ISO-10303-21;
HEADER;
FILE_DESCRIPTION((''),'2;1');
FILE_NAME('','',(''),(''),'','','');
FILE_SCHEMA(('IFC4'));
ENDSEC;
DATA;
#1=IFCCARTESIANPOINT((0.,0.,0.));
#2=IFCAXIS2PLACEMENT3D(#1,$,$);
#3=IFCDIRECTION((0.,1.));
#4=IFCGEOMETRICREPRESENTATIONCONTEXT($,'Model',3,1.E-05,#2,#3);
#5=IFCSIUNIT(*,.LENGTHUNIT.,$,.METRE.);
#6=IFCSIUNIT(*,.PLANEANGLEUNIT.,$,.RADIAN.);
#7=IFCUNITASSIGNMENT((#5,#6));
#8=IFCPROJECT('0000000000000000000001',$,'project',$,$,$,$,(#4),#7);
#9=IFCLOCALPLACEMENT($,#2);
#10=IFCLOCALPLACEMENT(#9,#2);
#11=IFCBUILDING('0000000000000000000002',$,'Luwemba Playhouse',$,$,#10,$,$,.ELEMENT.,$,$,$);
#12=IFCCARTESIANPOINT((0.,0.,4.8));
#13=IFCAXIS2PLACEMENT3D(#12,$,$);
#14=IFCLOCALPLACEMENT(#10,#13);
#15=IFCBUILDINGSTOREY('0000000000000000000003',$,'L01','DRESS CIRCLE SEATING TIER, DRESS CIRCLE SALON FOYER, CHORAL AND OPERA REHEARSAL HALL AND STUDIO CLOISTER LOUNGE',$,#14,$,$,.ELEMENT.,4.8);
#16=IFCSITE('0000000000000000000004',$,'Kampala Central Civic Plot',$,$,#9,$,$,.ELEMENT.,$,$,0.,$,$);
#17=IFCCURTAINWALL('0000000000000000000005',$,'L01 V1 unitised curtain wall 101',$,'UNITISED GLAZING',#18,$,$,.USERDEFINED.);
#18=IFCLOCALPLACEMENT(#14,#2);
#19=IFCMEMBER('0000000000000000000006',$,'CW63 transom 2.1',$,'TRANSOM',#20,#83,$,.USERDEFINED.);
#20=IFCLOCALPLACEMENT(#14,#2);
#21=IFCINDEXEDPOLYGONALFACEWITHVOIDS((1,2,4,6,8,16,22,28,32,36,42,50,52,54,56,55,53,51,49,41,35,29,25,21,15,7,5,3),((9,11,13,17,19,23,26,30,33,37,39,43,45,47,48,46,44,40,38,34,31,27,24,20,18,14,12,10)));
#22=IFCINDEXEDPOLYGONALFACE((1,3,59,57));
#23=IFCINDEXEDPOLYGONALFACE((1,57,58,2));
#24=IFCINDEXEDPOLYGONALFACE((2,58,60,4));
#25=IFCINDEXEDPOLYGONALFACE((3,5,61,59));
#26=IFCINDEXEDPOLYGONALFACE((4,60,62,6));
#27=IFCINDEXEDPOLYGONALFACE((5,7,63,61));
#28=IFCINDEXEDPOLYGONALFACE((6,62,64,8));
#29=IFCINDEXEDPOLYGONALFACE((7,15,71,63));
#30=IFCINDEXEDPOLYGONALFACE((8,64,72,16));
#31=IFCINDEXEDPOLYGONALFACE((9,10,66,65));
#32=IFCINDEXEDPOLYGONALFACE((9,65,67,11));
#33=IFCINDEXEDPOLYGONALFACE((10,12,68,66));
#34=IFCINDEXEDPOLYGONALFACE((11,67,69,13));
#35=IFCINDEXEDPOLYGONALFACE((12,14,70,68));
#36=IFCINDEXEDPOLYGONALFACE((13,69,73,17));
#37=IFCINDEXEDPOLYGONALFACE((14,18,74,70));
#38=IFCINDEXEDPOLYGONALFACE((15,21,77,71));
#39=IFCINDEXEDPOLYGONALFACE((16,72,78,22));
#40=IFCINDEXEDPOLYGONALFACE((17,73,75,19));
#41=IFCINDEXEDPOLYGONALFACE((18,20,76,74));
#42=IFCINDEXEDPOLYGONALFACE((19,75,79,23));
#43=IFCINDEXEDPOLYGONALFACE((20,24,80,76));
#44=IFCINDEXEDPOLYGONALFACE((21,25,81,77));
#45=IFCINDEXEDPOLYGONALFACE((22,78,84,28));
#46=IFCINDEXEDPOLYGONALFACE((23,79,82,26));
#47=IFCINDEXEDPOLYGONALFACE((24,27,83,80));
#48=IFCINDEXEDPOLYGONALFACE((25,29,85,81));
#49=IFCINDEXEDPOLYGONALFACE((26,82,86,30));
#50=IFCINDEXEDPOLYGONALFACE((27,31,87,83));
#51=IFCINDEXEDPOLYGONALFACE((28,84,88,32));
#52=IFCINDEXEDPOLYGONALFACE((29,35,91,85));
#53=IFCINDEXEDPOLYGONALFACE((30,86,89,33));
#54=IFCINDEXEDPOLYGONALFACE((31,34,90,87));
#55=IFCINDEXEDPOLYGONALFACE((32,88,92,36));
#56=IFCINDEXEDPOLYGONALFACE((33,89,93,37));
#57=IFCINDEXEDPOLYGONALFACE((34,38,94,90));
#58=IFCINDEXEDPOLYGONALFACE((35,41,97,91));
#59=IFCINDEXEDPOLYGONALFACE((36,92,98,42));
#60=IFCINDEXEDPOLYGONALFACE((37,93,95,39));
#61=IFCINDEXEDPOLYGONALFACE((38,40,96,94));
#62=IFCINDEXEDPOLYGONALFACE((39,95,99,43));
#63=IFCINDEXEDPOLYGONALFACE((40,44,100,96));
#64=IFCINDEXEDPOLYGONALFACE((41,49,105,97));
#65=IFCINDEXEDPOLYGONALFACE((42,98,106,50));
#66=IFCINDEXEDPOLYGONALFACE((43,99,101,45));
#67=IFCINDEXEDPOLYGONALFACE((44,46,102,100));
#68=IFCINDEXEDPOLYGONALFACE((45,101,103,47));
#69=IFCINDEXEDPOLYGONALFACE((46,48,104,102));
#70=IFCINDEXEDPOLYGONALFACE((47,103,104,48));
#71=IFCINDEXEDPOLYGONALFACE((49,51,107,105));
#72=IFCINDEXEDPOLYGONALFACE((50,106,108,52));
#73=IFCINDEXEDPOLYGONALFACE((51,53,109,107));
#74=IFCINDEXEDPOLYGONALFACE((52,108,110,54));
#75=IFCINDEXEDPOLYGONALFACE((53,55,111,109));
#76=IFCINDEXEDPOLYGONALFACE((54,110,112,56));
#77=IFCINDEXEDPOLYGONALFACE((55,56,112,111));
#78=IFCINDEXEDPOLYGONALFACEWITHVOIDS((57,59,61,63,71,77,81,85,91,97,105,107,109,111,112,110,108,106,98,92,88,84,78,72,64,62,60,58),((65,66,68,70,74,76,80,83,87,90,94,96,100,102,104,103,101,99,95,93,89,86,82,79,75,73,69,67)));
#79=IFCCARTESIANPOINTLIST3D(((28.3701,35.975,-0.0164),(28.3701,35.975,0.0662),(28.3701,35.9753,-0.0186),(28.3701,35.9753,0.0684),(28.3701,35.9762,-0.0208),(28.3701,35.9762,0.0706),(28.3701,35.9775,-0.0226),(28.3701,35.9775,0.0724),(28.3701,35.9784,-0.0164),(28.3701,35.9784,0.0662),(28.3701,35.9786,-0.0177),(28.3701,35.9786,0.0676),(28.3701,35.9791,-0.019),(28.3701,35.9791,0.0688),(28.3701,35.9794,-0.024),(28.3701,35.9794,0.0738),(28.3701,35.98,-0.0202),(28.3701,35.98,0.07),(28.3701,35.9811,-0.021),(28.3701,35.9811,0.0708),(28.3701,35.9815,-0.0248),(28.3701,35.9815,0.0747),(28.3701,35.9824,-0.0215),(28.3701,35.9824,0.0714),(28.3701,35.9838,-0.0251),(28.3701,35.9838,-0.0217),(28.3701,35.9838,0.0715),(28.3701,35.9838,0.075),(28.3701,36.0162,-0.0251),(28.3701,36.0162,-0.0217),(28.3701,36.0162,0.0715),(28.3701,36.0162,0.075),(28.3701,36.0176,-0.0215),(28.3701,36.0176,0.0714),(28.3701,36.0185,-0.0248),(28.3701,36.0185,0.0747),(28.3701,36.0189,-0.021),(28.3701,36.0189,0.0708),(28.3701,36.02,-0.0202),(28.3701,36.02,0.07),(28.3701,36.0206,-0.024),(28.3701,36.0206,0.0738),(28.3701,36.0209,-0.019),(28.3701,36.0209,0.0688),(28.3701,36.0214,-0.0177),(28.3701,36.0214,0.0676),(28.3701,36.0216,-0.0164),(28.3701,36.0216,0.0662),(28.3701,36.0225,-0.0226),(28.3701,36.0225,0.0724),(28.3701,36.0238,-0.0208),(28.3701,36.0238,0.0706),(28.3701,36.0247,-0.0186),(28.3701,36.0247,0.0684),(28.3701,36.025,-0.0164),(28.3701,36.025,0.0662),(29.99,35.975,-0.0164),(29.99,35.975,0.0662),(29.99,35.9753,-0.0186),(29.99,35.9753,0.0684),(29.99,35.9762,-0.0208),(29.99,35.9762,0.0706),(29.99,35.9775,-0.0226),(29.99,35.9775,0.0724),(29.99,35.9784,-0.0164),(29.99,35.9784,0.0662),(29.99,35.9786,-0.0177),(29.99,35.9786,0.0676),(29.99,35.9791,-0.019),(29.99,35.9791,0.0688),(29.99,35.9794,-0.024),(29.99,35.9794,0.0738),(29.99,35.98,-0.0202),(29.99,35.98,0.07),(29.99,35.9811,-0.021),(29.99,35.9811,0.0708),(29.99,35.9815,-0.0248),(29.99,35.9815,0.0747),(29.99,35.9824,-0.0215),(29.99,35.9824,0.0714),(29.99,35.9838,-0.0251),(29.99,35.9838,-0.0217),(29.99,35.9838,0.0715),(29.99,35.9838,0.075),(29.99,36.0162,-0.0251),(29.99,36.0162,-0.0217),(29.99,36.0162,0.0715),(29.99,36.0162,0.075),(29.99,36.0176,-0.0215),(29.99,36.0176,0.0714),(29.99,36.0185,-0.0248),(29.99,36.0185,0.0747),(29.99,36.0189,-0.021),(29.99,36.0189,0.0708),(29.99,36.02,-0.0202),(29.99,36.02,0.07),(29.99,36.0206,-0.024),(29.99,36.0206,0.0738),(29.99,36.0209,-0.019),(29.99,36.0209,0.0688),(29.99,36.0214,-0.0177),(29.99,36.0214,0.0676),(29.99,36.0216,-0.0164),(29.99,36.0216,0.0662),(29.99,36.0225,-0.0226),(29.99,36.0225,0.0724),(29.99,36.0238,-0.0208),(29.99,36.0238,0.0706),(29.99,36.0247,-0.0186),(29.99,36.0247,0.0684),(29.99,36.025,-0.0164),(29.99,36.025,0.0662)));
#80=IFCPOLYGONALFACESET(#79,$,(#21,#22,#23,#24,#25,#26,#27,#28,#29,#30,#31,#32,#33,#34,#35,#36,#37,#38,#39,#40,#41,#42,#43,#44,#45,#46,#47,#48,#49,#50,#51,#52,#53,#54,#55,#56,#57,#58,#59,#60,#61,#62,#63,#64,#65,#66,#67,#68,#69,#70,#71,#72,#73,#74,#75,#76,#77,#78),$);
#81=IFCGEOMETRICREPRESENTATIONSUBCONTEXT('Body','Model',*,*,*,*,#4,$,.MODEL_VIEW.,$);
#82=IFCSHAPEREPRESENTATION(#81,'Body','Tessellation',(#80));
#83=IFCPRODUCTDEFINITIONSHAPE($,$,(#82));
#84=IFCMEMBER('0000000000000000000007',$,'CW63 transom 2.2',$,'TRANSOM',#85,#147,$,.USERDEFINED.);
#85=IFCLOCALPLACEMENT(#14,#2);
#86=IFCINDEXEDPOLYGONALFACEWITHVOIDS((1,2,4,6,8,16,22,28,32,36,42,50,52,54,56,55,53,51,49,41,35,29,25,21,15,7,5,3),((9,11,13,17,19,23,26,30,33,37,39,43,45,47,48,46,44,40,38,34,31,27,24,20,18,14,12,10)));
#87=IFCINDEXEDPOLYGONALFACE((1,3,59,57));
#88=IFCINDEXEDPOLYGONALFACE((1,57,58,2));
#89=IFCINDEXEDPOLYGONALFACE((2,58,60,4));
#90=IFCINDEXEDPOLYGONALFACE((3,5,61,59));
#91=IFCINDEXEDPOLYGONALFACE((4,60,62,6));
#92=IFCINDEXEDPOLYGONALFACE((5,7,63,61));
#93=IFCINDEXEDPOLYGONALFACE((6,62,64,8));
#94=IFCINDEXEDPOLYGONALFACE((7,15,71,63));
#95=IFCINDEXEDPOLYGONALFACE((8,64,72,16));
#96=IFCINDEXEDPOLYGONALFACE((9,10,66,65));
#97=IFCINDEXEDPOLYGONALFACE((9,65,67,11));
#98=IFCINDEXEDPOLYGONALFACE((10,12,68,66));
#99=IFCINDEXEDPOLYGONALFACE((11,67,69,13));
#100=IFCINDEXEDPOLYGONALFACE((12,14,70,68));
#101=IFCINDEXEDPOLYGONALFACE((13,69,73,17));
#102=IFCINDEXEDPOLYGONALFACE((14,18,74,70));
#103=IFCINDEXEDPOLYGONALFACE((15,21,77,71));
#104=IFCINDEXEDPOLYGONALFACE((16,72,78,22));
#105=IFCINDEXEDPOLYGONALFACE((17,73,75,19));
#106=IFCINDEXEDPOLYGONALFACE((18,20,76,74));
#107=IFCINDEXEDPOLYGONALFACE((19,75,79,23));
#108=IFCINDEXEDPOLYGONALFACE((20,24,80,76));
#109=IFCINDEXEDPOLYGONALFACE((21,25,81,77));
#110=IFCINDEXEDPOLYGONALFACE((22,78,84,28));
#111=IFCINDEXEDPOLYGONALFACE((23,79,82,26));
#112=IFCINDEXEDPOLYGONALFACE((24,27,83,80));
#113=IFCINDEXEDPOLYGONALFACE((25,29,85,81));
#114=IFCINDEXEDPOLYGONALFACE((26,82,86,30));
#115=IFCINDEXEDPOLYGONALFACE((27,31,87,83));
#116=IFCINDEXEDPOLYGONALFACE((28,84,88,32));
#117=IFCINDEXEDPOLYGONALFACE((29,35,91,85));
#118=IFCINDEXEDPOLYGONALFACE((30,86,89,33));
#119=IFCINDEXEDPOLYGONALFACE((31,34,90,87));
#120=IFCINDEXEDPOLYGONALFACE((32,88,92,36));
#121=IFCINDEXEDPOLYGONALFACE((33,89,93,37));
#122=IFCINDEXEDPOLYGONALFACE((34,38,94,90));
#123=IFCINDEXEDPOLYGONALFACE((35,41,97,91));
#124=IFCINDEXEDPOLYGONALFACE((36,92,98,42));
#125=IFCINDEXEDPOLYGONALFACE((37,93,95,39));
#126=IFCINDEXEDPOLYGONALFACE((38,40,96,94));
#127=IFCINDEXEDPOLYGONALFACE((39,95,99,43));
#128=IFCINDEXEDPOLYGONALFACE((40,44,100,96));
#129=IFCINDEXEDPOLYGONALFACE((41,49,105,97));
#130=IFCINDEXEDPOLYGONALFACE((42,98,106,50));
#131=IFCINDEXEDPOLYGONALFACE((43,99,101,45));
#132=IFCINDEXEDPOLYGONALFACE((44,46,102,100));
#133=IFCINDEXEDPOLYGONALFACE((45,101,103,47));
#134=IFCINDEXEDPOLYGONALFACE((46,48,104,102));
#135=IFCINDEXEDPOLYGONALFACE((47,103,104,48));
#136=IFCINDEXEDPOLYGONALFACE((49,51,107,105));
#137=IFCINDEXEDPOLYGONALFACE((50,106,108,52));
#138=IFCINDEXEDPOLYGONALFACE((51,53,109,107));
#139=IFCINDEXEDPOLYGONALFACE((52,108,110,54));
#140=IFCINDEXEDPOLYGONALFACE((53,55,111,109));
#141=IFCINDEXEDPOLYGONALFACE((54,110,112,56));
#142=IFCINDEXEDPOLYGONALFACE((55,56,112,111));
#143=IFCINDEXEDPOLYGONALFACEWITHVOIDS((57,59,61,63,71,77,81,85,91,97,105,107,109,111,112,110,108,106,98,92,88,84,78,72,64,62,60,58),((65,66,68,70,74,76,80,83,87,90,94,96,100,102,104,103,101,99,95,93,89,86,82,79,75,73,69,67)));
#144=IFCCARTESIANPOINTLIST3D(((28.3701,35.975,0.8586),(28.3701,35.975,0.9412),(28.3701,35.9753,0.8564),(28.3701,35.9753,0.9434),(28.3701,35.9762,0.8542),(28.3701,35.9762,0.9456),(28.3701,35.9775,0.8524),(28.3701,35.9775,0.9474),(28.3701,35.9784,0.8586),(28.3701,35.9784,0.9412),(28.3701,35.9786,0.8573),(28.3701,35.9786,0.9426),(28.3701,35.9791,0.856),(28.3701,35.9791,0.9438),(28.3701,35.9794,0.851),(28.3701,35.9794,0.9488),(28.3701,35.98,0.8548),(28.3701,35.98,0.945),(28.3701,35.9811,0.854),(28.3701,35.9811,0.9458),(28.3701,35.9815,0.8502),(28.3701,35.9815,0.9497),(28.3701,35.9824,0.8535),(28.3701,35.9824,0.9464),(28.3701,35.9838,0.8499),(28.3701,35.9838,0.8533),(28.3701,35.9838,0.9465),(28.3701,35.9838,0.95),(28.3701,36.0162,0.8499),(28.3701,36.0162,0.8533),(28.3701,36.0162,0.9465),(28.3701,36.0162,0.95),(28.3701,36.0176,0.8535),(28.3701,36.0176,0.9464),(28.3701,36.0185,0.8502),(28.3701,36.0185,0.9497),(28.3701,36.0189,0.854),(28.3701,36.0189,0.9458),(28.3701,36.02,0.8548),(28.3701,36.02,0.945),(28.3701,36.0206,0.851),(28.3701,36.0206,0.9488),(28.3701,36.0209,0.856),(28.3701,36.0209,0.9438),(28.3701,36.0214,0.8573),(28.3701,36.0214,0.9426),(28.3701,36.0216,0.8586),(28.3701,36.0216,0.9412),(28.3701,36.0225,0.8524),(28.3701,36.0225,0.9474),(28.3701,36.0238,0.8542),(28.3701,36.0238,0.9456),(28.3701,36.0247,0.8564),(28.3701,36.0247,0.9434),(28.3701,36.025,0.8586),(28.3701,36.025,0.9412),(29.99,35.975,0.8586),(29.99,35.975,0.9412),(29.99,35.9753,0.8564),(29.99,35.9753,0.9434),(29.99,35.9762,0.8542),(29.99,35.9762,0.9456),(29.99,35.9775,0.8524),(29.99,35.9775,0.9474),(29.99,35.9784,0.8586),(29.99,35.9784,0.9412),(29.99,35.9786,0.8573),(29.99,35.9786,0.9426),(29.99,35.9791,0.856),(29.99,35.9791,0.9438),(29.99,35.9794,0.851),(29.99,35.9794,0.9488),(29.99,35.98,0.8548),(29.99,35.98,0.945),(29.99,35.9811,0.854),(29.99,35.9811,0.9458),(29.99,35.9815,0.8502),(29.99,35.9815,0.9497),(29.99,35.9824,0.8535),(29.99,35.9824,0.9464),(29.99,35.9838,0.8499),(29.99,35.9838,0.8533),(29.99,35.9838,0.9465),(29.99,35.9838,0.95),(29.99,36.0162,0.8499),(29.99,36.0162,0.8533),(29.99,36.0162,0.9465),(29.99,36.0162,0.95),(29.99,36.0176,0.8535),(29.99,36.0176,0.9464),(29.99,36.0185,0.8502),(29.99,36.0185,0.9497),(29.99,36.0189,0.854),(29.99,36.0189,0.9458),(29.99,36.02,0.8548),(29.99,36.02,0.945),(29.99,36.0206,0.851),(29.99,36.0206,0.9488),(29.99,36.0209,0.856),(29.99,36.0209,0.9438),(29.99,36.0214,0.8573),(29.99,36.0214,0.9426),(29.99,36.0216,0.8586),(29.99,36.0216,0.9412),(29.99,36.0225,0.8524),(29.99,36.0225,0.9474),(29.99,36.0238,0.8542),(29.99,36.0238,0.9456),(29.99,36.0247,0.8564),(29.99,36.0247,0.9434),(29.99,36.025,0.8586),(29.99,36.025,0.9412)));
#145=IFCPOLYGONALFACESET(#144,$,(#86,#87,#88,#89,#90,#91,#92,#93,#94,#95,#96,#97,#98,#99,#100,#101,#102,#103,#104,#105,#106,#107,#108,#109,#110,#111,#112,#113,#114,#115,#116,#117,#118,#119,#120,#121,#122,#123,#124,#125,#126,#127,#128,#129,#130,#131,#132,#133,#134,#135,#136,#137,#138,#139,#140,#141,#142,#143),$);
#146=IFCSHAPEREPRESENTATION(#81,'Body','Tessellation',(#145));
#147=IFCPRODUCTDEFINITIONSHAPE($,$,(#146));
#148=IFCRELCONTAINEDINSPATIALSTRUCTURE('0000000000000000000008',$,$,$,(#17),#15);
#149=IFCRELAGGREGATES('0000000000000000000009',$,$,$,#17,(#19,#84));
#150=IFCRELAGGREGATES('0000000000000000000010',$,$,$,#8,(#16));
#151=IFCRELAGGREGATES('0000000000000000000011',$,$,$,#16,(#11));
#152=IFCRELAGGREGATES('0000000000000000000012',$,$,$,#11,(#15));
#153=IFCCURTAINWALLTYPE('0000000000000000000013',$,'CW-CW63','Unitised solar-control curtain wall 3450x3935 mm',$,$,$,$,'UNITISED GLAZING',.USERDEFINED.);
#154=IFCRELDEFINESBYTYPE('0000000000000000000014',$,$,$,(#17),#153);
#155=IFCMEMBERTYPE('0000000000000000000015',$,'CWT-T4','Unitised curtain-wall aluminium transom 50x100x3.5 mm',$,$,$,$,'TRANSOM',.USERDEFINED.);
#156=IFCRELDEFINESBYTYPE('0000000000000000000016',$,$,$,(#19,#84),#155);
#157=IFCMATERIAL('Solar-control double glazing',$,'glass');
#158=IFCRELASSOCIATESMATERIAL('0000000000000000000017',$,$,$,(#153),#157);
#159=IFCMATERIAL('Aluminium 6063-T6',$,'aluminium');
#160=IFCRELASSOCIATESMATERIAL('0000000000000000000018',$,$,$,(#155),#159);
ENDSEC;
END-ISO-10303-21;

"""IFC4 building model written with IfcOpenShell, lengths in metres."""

from ifc_helpers import new_model, si_unit, direction, frame, origin, origin_2d, place, context, subcontext, project, spatial, hollow_rectangle, extrude, material, material_profile, profile_set, type_object, element, aggregate, save


model = new_model("IFC4")

# Units and contexts
model_context = context("Model", 3, precision=1e-05, world=origin(), true_north=direction((0.0, 1.0)))
body_context = subcontext(model_context, "Body", "Model", "MODEL_VIEW")
ifc_project = project(units=[si_unit("LENGTHUNIT", "METRE"), si_unit("PLANEANGLEUNIT", "RADIAN")], contexts=[model_context])

# Site, building, storey
site_placement = place(None, origin())
site = spatial("IfcSite", under=ifc_project, at=site_placement, Name="Kampala Central Civic Plot", CompositionType="ELEMENT", RefElevation=0.0)
building_placement = place(site_placement, origin())
building = spatial("IfcBuilding", under=site, at=building_placement, Name="Luwemba Playhouse", CompositionType="ELEMENT")
storey_placement = place(building_placement, frame((0.0, 0.0, 4.8)))
storey = spatial("IfcBuildingStorey", under=building, at=storey_placement, Name="L01", Description="DRESS CIRCLE SEATING TIER, DRESS CIRCLE SALON FOYER, CHORAL AND OPERA REHEARSAL HALL AND STUDIO CLOISTER LOUNGE", CompositionType="ELEMENT", Elevation=4.8)

# Curtain wall
ifc_material_1 = material(Name="Solar-control double glazing", Category="glass")
ifc_material_2 = material(Name="Aluminium 6063-T6", Category="aluminium")
curtain_wall_type_1 = type_object("IfcCurtainWallType", Name="CW-CW63", Description="Unitised solar-control curtain wall 3450x3935 mm", ElementType="UNITISED GLAZING", PredefinedType="USERDEFINED", material=ifc_material_1)
curtain_wall_1_placement = place(storey_placement, origin())
curtain_wall_1 = element("IfcCurtainWall", 1, at=curtain_wall_1_placement, inside=storey, type_object=curtain_wall_type_1, Name="L01 V1 unitised curtain wall 101", ObjectType="UNITISED GLAZING", PredefinedType="USERDEFINED")

# Members
ifc_material_profile_1 = material_profile(ifc_material_2, hollow_rectangle(XDim=0.05, YDim=0.1001, WallThickness=0.0034, InnerFilletRadius=0.0054, OuterFilletRadius=0.0088, at=origin_2d()))
ifc_profile_set_1 = profile_set([ifc_material_profile_1], Name="Aluminium 6063-T6")
member_type_1 = type_object("IfcMemberType", Name="CWT-T4", Description="Unitised curtain-wall aluminium transom 50x100x3.5 mm", ElementType="TRANSOM", PredefinedType="USERDEFINED", material=ifc_profile_set_1)
member_1_placement = place(storey_placement, frame((29.99, 36.0, 0.0249), z_axis=(-1.0, 0.0, 0.0), x_axis=(0.0, -1.0, 0.0)))
member_1 = element("IfcMember", 2, at=member_1_placement, type_object=member_type_1, Name="CW63 transom 2.1", ObjectType="TRANSOM", PredefinedType="USERDEFINED", context=body_context, shape_type="SweptSolid", body=[
    extrude(hollow_rectangle(XDim=0.05, YDim=0.1001, WallThickness=0.0034, InnerFilletRadius=0.0054, OuterFilletRadius=0.0088, at=origin_2d()), origin(), (0.0, 0.0, 1.0), 1.6199),
])
member_2_placement = place(storey_placement, frame((29.99, 36.0, 0.8999), z_axis=(-1.0, 0.0, 0.0), x_axis=(0.0, -1.0, 0.0)))
member_2 = element("IfcMember", 3, at=member_2_placement, type_object=member_type_1, Name="CW63 transom 2.2", ObjectType="TRANSOM", PredefinedType="USERDEFINED", context=body_context, shape_type="SweptSolid", body=[
    extrude(hollow_rectangle(XDim=0.05, YDim=0.1001, WallThickness=0.0034, InnerFilletRadius=0.0054, OuterFilletRadius=0.0088, at=origin_2d()), origin(), (0.0, 0.0, 1.0), 1.6199),
])

aggregate(curtain_wall_1, [member_1, member_2])

save(model, "model.ifc")
